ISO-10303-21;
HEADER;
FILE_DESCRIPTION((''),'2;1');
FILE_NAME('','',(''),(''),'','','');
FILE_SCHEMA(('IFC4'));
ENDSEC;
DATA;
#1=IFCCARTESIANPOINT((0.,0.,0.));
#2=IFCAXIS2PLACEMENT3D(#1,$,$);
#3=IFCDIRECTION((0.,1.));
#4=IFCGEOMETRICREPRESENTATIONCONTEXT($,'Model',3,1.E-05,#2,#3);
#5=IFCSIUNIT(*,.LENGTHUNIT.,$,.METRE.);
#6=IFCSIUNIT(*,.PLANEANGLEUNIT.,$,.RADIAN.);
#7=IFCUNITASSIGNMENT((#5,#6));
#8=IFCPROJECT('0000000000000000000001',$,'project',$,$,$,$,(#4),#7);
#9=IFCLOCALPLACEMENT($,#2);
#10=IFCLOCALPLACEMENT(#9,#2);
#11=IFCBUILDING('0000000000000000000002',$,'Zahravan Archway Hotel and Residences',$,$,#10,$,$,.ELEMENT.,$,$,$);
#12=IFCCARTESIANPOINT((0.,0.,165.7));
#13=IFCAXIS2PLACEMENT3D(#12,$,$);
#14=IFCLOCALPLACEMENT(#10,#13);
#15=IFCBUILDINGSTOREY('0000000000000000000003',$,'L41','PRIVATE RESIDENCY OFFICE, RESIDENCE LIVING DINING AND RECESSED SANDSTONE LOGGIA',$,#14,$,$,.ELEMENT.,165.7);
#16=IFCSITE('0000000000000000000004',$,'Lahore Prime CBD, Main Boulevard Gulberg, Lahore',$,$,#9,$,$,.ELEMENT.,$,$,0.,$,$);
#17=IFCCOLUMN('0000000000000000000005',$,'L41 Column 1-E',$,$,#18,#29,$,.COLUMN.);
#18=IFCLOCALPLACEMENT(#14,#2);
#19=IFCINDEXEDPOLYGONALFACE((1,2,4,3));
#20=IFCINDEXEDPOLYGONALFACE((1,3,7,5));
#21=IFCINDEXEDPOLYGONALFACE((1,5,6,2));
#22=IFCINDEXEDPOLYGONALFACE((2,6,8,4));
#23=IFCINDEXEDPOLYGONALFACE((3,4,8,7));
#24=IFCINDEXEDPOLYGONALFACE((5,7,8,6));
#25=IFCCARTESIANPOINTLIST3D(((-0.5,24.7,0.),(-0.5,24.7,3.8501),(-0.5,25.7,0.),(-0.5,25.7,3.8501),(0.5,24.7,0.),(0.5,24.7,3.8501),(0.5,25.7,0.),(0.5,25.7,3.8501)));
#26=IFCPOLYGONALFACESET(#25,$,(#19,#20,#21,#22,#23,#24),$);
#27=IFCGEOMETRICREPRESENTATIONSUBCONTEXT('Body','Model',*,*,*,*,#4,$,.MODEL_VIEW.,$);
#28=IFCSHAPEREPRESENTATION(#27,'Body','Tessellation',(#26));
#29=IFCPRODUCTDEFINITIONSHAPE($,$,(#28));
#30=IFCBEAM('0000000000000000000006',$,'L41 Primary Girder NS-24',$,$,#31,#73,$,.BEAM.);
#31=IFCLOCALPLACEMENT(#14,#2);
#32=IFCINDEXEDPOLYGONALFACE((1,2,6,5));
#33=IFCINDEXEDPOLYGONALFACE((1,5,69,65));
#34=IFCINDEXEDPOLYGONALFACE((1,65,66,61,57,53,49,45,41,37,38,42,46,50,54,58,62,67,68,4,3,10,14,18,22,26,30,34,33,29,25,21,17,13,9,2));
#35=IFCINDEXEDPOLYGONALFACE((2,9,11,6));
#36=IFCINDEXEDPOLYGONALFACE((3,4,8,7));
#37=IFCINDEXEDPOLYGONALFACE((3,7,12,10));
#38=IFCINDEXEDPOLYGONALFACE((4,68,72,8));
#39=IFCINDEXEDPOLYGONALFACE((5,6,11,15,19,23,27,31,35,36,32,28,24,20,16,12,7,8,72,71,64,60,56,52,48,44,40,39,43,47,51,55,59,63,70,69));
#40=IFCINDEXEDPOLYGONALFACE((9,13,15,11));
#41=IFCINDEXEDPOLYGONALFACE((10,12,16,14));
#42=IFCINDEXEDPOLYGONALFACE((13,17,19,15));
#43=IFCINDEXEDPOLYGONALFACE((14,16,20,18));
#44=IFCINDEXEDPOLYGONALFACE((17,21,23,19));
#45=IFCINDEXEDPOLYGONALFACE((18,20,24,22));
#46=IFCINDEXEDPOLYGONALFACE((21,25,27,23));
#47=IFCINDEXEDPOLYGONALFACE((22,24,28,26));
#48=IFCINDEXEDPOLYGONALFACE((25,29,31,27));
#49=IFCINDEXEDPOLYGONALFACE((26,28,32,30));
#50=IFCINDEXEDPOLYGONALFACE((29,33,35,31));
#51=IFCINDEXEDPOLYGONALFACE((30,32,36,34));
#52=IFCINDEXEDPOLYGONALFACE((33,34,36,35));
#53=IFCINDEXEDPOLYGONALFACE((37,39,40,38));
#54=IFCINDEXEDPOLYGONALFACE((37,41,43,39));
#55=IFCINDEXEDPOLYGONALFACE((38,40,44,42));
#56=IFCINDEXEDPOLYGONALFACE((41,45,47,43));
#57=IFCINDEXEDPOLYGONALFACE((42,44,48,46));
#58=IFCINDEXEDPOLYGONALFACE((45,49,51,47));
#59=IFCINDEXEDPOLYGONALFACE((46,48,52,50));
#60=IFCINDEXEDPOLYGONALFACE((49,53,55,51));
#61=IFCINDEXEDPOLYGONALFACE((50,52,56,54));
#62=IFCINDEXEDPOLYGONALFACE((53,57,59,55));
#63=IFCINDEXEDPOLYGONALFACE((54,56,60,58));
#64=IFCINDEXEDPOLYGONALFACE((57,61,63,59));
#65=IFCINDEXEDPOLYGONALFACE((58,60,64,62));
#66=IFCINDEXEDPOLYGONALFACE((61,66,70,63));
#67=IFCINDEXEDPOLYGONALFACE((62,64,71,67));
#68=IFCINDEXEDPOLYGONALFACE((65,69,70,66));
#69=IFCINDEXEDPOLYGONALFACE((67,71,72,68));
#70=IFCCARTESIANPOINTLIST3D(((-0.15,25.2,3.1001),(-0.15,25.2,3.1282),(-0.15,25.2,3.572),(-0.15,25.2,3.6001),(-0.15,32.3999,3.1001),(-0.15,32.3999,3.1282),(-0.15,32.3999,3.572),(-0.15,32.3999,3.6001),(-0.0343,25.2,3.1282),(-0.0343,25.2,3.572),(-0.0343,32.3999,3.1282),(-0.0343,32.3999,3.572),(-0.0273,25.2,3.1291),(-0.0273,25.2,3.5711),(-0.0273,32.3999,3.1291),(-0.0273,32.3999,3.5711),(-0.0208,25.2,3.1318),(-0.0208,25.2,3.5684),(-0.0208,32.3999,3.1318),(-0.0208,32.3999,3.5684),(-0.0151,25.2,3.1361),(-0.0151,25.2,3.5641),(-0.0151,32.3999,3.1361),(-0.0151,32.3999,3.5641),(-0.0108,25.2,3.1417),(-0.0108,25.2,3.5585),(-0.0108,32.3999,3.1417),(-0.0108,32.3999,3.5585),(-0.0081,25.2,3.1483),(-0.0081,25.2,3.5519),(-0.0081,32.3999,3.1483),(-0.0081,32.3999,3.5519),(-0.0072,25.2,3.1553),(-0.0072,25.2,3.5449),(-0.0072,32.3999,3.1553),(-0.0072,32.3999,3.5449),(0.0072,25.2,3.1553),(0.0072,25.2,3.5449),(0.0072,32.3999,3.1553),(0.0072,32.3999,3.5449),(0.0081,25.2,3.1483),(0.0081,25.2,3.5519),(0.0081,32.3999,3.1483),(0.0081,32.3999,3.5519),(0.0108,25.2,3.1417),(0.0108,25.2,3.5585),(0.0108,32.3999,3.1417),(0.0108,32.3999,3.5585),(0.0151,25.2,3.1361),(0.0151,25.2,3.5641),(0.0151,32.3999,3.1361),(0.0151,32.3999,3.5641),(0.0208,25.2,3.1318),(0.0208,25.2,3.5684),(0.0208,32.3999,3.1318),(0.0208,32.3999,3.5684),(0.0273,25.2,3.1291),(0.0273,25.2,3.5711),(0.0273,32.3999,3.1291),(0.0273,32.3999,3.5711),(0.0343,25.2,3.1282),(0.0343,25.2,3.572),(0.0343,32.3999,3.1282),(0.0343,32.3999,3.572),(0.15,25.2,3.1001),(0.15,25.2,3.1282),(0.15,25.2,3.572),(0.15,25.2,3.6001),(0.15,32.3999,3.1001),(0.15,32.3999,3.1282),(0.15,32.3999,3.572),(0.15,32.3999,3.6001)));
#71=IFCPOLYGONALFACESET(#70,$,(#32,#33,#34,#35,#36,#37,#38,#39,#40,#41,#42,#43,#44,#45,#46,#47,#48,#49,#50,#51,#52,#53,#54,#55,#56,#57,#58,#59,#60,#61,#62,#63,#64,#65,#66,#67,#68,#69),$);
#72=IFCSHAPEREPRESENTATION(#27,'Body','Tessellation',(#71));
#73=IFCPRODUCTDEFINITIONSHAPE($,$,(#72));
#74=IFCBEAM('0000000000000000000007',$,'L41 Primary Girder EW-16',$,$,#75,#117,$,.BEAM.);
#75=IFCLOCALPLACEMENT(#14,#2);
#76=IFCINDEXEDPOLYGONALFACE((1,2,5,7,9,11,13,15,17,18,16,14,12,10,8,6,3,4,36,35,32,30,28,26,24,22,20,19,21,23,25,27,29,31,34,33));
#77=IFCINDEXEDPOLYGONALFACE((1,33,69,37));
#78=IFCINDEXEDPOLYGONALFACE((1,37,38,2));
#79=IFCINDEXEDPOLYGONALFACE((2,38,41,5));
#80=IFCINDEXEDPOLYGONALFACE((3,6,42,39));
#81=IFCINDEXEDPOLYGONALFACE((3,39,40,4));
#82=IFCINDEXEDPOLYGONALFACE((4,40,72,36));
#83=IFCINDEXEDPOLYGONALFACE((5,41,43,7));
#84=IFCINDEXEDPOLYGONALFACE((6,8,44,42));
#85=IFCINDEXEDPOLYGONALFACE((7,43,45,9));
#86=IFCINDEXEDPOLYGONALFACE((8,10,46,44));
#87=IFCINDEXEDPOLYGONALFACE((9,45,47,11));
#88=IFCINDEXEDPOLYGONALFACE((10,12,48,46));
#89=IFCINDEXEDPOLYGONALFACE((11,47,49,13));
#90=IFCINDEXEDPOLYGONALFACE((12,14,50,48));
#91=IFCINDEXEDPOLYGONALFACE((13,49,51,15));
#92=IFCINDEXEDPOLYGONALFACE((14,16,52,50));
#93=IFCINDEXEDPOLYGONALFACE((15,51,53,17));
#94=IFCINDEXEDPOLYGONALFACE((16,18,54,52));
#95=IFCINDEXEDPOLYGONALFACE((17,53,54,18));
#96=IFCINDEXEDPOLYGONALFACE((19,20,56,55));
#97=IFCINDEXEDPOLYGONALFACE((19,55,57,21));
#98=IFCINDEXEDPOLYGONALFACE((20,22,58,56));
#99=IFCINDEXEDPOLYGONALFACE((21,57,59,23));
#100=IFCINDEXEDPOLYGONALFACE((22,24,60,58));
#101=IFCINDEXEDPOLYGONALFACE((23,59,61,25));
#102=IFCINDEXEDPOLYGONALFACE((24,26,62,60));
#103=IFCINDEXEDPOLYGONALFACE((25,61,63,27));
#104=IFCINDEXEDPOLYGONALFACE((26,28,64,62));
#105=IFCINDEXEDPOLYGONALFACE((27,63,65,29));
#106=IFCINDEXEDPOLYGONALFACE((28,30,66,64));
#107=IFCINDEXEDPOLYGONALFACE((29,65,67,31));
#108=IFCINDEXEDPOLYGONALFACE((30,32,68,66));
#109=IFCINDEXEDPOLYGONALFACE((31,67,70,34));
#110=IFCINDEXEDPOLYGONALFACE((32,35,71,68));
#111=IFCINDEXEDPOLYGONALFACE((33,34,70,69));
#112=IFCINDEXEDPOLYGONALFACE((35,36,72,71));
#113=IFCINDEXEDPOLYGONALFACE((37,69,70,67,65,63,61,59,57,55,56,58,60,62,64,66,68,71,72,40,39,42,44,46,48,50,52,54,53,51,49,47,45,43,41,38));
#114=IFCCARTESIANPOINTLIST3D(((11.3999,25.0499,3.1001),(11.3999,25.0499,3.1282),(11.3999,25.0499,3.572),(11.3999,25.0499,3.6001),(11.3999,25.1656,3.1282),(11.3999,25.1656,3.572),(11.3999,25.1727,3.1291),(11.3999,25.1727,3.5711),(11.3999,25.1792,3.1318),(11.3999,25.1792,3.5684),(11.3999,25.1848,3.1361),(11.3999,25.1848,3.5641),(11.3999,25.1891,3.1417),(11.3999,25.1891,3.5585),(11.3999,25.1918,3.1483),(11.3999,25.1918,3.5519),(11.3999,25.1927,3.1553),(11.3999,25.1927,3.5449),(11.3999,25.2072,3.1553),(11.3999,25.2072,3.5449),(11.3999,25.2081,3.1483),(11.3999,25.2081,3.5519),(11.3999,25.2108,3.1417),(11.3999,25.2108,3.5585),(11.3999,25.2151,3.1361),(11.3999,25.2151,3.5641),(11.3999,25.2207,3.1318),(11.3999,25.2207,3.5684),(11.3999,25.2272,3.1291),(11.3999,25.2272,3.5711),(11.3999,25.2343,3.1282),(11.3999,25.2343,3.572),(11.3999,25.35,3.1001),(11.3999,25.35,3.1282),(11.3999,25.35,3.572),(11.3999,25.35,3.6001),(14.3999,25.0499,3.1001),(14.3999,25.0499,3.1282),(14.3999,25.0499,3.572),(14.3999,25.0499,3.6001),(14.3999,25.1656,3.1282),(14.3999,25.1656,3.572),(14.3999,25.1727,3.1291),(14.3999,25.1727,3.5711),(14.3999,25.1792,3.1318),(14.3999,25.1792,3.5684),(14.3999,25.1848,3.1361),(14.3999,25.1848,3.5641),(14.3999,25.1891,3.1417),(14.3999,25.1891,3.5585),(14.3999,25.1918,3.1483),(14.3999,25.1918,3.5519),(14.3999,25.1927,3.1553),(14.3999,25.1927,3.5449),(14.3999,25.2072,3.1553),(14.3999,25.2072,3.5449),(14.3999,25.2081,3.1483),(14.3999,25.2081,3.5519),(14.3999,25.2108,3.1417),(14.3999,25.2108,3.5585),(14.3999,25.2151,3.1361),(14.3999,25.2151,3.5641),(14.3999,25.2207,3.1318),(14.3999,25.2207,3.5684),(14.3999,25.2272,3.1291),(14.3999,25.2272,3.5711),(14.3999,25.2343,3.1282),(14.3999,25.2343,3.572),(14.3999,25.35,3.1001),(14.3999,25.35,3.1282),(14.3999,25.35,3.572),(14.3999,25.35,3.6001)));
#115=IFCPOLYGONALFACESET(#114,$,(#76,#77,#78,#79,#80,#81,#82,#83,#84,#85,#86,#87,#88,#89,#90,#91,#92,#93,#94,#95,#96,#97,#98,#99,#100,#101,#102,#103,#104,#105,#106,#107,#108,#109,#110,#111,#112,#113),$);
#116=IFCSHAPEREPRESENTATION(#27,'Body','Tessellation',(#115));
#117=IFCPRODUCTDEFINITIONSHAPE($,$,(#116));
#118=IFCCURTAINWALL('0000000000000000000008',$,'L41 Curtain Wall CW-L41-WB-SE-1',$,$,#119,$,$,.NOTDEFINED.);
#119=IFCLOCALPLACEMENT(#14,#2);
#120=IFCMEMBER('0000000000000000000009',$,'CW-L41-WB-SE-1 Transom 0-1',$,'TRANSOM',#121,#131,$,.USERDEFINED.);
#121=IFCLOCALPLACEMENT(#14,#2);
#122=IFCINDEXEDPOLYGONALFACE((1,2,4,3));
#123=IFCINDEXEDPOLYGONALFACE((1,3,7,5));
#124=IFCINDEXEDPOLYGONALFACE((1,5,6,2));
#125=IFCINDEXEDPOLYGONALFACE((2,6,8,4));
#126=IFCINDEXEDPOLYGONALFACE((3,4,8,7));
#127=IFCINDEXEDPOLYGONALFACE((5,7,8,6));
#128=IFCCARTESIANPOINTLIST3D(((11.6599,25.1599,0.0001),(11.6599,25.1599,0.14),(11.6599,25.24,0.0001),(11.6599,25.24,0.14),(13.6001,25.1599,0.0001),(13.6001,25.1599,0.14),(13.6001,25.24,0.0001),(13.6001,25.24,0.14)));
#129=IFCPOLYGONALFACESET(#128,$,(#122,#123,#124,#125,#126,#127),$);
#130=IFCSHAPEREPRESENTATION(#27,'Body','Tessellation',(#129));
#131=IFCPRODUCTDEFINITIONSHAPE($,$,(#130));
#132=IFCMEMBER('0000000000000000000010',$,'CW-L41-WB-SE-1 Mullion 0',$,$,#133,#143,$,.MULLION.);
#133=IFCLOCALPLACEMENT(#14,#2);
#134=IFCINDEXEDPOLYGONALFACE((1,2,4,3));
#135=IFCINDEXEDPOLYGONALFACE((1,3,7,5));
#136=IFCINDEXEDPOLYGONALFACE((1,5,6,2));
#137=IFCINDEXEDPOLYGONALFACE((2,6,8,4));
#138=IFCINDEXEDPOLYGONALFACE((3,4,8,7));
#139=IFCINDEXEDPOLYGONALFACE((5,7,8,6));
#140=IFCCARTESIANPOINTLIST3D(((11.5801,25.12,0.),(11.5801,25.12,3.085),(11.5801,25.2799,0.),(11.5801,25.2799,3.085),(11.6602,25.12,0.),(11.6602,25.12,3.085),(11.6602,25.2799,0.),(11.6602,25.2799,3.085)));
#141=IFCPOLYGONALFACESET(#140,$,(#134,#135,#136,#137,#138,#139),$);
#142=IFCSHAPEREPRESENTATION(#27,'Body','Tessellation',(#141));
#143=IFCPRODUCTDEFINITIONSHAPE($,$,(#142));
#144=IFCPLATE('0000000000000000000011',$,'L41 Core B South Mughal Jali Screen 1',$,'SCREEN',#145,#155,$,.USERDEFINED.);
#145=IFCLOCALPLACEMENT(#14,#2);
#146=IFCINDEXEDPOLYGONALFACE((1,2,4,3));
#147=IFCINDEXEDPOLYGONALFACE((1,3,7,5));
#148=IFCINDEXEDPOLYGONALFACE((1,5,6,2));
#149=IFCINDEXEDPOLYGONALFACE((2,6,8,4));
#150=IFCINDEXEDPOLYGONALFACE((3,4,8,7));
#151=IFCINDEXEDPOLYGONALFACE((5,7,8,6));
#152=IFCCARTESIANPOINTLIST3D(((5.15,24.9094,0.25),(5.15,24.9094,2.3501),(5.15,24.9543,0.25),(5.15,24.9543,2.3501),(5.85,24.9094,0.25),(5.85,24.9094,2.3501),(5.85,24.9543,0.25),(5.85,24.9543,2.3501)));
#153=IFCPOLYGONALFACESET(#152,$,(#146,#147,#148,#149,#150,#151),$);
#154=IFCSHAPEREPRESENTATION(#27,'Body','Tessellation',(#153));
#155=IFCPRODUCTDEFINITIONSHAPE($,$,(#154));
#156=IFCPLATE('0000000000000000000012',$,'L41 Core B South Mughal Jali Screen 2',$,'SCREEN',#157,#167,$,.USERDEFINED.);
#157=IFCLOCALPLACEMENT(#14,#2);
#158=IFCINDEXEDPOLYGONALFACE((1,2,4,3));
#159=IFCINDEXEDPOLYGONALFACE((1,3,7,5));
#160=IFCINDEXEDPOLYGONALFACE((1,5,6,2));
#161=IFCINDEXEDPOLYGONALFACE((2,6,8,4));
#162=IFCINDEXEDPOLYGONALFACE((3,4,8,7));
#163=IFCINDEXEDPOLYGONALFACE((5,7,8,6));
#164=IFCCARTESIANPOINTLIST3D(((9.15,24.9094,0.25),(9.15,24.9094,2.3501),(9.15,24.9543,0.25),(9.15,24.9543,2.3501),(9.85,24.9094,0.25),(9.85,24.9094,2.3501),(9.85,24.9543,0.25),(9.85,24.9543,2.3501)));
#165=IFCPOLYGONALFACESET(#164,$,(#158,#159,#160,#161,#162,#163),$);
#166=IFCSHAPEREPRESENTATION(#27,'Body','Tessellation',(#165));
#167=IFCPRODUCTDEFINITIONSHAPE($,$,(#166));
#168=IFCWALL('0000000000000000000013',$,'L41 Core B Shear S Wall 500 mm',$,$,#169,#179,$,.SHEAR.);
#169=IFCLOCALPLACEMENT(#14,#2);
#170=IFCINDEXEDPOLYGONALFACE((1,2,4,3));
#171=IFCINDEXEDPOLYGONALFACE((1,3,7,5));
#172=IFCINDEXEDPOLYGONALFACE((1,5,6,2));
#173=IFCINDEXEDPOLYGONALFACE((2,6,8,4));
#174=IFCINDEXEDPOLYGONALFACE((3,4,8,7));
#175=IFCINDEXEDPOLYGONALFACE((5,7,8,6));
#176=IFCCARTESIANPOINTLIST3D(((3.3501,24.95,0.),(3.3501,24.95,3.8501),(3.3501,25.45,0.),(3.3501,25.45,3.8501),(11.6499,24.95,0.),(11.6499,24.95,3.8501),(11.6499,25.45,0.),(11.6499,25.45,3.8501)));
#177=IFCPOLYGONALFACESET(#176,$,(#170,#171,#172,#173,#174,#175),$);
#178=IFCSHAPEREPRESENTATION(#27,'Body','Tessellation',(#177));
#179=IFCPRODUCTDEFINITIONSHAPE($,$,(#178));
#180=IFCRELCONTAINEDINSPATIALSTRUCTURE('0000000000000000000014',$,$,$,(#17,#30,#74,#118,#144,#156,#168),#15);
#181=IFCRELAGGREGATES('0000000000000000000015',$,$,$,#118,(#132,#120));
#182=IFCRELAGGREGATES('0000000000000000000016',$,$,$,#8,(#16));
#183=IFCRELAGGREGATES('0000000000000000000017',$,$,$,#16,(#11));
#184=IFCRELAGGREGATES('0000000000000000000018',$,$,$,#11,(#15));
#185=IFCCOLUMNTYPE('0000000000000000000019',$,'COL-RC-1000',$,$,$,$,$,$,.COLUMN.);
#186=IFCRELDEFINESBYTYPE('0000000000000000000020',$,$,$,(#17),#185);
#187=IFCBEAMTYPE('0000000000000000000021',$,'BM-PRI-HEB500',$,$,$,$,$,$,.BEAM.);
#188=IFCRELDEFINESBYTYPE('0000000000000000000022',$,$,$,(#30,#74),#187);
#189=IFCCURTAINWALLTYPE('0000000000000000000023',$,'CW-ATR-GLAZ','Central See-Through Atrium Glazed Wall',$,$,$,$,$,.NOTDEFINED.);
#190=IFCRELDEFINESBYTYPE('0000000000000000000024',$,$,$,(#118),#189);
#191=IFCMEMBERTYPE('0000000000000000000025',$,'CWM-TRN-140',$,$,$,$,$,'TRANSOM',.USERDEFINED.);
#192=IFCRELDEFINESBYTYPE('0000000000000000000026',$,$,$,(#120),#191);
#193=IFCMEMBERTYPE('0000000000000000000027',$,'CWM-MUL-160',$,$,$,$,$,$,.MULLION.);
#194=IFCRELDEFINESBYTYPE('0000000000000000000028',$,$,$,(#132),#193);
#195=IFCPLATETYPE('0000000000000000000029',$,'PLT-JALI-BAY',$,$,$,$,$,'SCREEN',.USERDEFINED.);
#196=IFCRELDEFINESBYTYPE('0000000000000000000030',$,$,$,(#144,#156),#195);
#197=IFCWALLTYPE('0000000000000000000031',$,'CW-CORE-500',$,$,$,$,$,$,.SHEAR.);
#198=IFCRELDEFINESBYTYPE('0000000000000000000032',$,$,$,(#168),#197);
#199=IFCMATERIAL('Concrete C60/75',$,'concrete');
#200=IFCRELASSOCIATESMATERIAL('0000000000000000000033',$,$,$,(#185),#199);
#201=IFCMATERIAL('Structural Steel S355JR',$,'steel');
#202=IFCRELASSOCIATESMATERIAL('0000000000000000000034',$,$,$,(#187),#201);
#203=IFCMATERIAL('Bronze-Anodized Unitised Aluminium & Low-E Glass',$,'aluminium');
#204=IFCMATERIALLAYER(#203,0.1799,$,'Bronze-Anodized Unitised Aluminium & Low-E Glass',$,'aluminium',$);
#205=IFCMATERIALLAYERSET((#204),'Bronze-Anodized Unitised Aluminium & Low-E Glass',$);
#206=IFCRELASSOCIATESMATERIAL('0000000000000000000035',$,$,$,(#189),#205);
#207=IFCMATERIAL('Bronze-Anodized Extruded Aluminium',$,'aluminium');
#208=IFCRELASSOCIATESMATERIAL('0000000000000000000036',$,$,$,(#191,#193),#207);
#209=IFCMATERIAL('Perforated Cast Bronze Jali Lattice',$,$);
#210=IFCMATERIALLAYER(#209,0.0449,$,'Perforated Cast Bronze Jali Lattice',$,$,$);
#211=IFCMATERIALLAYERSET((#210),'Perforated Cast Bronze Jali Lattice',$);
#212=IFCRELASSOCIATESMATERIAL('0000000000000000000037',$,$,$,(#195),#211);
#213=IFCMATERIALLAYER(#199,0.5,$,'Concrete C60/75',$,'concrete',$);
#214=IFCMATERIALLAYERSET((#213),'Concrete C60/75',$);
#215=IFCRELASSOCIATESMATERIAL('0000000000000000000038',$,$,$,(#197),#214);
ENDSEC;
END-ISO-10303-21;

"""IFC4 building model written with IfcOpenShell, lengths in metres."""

from ifc_helpers import new_model, si_unit, direction, frame, frame_2d, origin, origin_2d, place, context, subcontext, project, spatial, rectangle, i_section, extrude, source, transform, mapped, material, layer, layer_set, material_profile, profile_set, type_object, type_shapes, element, aggregate, save


model = new_model("IFC4")

# Units and contexts
model_context = context("Model", 3, precision=1e-05, world=origin(), true_north=direction((0.0, 1.0)))
body_context = subcontext(model_context, "Body", "Model", "MODEL_VIEW")
ifc_project = project(units=[si_unit("LENGTHUNIT", "METRE"), si_unit("PLANEANGLEUNIT", "RADIAN")], contexts=[model_context])

# Site, building, storey
site_placement = place(None, origin())
site = spatial("IfcSite", under=ifc_project, at=site_placement, Name="Lahore Prime CBD, Main Boulevard Gulberg, Lahore", CompositionType="ELEMENT", RefElevation=0.0)
building_placement = place(site_placement, origin())
building = spatial("IfcBuilding", under=site, at=building_placement, Name="Zahravan Archway Hotel and Residences", CompositionType="ELEMENT")
storey_placement = place(building_placement, frame((0.0, 0.0, 165.7)))
storey = spatial("IfcBuildingStorey", under=building, at=storey_placement, Name="L41", Description="PRIVATE RESIDENCY OFFICE, RESIDENCE LIVING DINING AND RECESSED SANDSTONE LOGGIA", CompositionType="ELEMENT", Elevation=165.7)

# Column
ifc_material_1 = material(Name="Concrete C60/75", Category="concrete")
ifc_material_profile_1 = material_profile(ifc_material_1, rectangle(XDim=1.0, YDim=1.0, at=origin_2d()), Name="RC-COL-1000x1000", Category="concrete")
ifc_profile_set_1 = profile_set([ifc_material_profile_1], Name="Concrete C60/75")
column_type = type_object("IfcColumnType", Name="COL-RC-1000", PredefinedType="COLUMN", material=ifc_profile_set_1)
shared_shape_1 = source(origin(), body_context, "Body", "SweptSolid", [
    extrude(rectangle(XDim=1.0, YDim=1.0, at=origin_2d()), origin(), (0.0, 0.0, 1.0), 3.8501),
])
column_placement = place(storey_placement, frame((0.0, 25.2, 0.0), z_axis=(0.0, 0.0, 1.0), x_axis=(1.0, 0.0, 0.0)))
element("IfcColumn", 1, at=column_placement, inside=storey, type_object=column_type, Name="L41 Column 1-E", PredefinedType="COLUMN", context=body_context, shape_type="MappedRepresentation", body=[
    mapped(shared_shape_1, transform((0.0, 0.0, 0.0), scale=1.0)),
])

# Beams
ifc_material_2 = material(Name="Structural Steel S355JR", Category="steel")
ifc_material_profile_2 = material_profile(ifc_material_2, i_section(OverallWidth=0.3, OverallDepth=0.5, WebThickness=0.0144, FlangeThickness=0.0281, FilletRadius=0.0271, at=origin_2d()), Name="HEB 500", Category="steel")
ifc_profile_set_2 = profile_set([ifc_material_profile_2], Name="Structural Steel S355JR")
beam_type = type_object("IfcBeamType", Name="BM-PRI-HEB500", PredefinedType="BEAM", material=ifc_profile_set_2)
shared_shape_2 = source(origin(), body_context, "Body", "SweptSolid", [
    extrude(i_section(OverallWidth=0.3, OverallDepth=0.5, WebThickness=0.0144, FlangeThickness=0.0281, FilletRadius=0.0271, at=origin_2d()), origin(), (0.0, 0.0, 1.0), 7.2),
])
beam_1_placement = place(storey_placement, frame((0.0, 25.2, 3.3501), z_axis=(0.0, 1.0, 0.0), x_axis=(-1.0, 0.0, 0.0)))
element("IfcBeam", 2, at=beam_1_placement, inside=storey, type_object=beam_type, Name="L41 Primary Girder NS-24", PredefinedType="BEAM", context=body_context, shape_type="MappedRepresentation", body=[
    mapped(shared_shape_2, transform((0.0, 0.0, 0.0), scale=1.0)),
])
shared_shape_3 = source(origin(), body_context, "Body", "SweptSolid", [
    extrude(i_section(OverallWidth=0.3, OverallDepth=0.5, WebThickness=0.0144, FlangeThickness=0.0281, FilletRadius=0.0271, at=origin_2d()), origin(), (0.0, 0.0, 1.0), 3.0),
])
beam_2_placement = place(storey_placement, frame((11.3999, 25.2, 3.3501), z_axis=(1.0, 0.0, 0.0), x_axis=(0.0, 1.0, 0.0)))
element("IfcBeam", 3, at=beam_2_placement, inside=storey, type_object=beam_type, Name="L41 Primary Girder EW-16", PredefinedType="BEAM", context=body_context, shape_type="MappedRepresentation", body=[
    mapped(shared_shape_3, transform((0.0, 0.0, 0.0), scale=1.0)),
])

# Curtain wall, members
ifc_material_3 = material(Name="Bronze-Anodized Unitised Aluminium & Low-E Glass", Category="aluminium")
ifc_layer_1 = layer(ifc_material_3, 0.1799, Name="Bronze-Anodized Unitised Aluminium & Low-E Glass", Category="aluminium")
ifc_layer_set_1 = layer_set([ifc_layer_1], Name="Bronze-Anodized Unitised Aluminium & Low-E Glass")
curtain_wall_type = type_object("IfcCurtainWallType", Name="CW-ATR-GLAZ", Description="Central See-Through Atrium Glazed Wall", PredefinedType="NOTDEFINED", material=ifc_layer_set_1)
curtain_wall_placement = place(storey_placement, origin())
curtain_wall = element("IfcCurtainWall", 4, at=curtain_wall_placement, inside=storey, type_object=curtain_wall_type, Name="L41 Curtain Wall CW-L41-WB-SE-1", PredefinedType="NOTDEFINED")
ifc_material_4 = material(Name="Bronze-Anodized Extruded Aluminium", Category="aluminium")
ifc_material_profile_3 = material_profile(ifc_material_4, rectangle(XDim=0.0801, YDim=0.1399, at=origin_2d()), Name="TRN 80x140", Category="aluminium")
ifc_profile_set_3 = profile_set([ifc_material_profile_3], Name="Bronze-Anodized Extruded Aluminium")
member_type_1 = type_object("IfcMemberType", Name="CWM-TRN-140", ElementType="TRANSOM", PredefinedType="USERDEFINED", material=ifc_profile_set_3)
shared_shape_4 = source(origin(), body_context, "Body", "SweptSolid", [
    extrude(rectangle(XDim=0.0801, YDim=0.1399, at=origin_2d()), origin(), (0.0, 0.0, 1.0), 1.9402),
])
member_1_placement = place(storey_placement, frame((11.6599, 25.2, 0.0701), z_axis=(1.0, 0.0, 0.0), x_axis=(0.0, 1.0, 0.0)))
member_1 = element("IfcMember", 5, at=member_1_placement, type_object=member_type_1, Name="CW-L41-WB-SE-1 Transom 0-1", ObjectType="TRANSOM", PredefinedType="USERDEFINED", context=body_context, shape_type="MappedRepresentation", body=[
    mapped(shared_shape_4, transform((0.0, 0.0, 0.0), scale=1.0)),
])
ifc_material_profile_4 = material_profile(ifc_material_4, rectangle(XDim=0.0801, YDim=0.1599, at=origin_2d()), Name="MUL 80x160", Category="aluminium")
ifc_profile_set_4 = profile_set([ifc_material_profile_4], Name="Bronze-Anodized Extruded Aluminium")
member_type_2 = type_object("IfcMemberType", Name="CWM-MUL-160", PredefinedType="MULLION", material=ifc_profile_set_4)
shared_shape_5 = source(origin(), body_context, "Body", "SweptSolid", [
    extrude(rectangle(XDim=0.0801, YDim=0.1599, at=origin_2d()), origin(), (0.0, 0.0, 1.0), 3.085),
])
member_2_placement = place(storey_placement, frame((11.6201, 25.2, 0.0), z_axis=(0.0, 0.0, 1.0), x_axis=(1.0, 0.0, 0.0)))
member_2 = element("IfcMember", 6, at=member_2_placement, type_object=member_type_2, Name="CW-L41-WB-SE-1 Mullion 0", PredefinedType="MULLION", context=body_context, shape_type="MappedRepresentation", body=[
    mapped(shared_shape_5, transform((0.0, 0.0, 0.0), scale=1.0)),
])
aggregate(curtain_wall, [member_2, member_1])

# Plates
ifc_material_5 = material(Name="Perforated Cast Bronze Jali Lattice")
ifc_layer_2 = layer(ifc_material_5, 0.0449, Name="Perforated Cast Bronze Jali Lattice")
ifc_layer_set_2 = layer_set([ifc_layer_2], Name="Perforated Cast Bronze Jali Lattice")
plate_type = type_object("IfcPlateType", Name="PLT-JALI-BAY", ElementType="SCREEN", PredefinedType="USERDEFINED", material=ifc_layer_set_2)
shared_shape_6 = source(origin(), body_context, "Body", "SweptSolid", [
    extrude(rectangle(XDim=0.7, YDim=0.0449, at=origin_2d()), origin(), (0.0, 0.0, 1.0), 2.1001),
])
type_shapes(plate_type, [shared_shape_6])
for number, where, z_axis, x_axis, name in (
    (7, (5.5, 24.9319, 0.25), (0.0, 0.0, 1.0), (1.0, 0.0, 0.0), "L41 Core B South Mughal Jali Screen 1"),
    (8, (9.5, 24.9319, 0.25), (0.0, 0.0, 1.0), (1.0, 0.0, 0.0), "L41 Core B South Mughal Jali Screen 2"),
):
    element("IfcPlate", number, at=place(storey_placement, frame(where, z_axis=z_axis, x_axis=x_axis)), inside=storey, type_object=plate_type, Name=name, ObjectType="SCREEN", PredefinedType="USERDEFINED", context=body_context, shape_type="MappedRepresentation", body=[
        mapped(shared_shape_6, transform((0.0, 0.0, 0.0), scale=1.0)),
    ])

# Wall
ifc_layer_3 = layer(ifc_material_1, 0.5, Name="Concrete C60/75", Category="concrete")
ifc_layer_set_3 = layer_set([ifc_layer_3], Name="Concrete C60/75")
wall_type_1 = type_object("IfcWallType", Name="CW-CORE-500", PredefinedType="SHEAR", material=ifc_layer_set_3)
wall_1_placement = place(storey_placement, frame((3.3501, 25.2, 0.0), z_axis=(0.0, 0.0, 1.0), x_axis=(1.0, 0.0, 0.0)))
element("IfcWall", 9, at=wall_1_placement, inside=storey, type_object=wall_type_1, Name="L41 Core B Shear S Wall 500 mm", PredefinedType="SHEAR", context=body_context, shape_type="SweptSolid", body=[
    extrude(rectangle(XDim=8.2998, YDim=0.5, at=frame_2d((4.1499, 0.0))), origin(), (0.0, 0.0, 1.0), 3.8501),
])

save(model, "model.ifc")
